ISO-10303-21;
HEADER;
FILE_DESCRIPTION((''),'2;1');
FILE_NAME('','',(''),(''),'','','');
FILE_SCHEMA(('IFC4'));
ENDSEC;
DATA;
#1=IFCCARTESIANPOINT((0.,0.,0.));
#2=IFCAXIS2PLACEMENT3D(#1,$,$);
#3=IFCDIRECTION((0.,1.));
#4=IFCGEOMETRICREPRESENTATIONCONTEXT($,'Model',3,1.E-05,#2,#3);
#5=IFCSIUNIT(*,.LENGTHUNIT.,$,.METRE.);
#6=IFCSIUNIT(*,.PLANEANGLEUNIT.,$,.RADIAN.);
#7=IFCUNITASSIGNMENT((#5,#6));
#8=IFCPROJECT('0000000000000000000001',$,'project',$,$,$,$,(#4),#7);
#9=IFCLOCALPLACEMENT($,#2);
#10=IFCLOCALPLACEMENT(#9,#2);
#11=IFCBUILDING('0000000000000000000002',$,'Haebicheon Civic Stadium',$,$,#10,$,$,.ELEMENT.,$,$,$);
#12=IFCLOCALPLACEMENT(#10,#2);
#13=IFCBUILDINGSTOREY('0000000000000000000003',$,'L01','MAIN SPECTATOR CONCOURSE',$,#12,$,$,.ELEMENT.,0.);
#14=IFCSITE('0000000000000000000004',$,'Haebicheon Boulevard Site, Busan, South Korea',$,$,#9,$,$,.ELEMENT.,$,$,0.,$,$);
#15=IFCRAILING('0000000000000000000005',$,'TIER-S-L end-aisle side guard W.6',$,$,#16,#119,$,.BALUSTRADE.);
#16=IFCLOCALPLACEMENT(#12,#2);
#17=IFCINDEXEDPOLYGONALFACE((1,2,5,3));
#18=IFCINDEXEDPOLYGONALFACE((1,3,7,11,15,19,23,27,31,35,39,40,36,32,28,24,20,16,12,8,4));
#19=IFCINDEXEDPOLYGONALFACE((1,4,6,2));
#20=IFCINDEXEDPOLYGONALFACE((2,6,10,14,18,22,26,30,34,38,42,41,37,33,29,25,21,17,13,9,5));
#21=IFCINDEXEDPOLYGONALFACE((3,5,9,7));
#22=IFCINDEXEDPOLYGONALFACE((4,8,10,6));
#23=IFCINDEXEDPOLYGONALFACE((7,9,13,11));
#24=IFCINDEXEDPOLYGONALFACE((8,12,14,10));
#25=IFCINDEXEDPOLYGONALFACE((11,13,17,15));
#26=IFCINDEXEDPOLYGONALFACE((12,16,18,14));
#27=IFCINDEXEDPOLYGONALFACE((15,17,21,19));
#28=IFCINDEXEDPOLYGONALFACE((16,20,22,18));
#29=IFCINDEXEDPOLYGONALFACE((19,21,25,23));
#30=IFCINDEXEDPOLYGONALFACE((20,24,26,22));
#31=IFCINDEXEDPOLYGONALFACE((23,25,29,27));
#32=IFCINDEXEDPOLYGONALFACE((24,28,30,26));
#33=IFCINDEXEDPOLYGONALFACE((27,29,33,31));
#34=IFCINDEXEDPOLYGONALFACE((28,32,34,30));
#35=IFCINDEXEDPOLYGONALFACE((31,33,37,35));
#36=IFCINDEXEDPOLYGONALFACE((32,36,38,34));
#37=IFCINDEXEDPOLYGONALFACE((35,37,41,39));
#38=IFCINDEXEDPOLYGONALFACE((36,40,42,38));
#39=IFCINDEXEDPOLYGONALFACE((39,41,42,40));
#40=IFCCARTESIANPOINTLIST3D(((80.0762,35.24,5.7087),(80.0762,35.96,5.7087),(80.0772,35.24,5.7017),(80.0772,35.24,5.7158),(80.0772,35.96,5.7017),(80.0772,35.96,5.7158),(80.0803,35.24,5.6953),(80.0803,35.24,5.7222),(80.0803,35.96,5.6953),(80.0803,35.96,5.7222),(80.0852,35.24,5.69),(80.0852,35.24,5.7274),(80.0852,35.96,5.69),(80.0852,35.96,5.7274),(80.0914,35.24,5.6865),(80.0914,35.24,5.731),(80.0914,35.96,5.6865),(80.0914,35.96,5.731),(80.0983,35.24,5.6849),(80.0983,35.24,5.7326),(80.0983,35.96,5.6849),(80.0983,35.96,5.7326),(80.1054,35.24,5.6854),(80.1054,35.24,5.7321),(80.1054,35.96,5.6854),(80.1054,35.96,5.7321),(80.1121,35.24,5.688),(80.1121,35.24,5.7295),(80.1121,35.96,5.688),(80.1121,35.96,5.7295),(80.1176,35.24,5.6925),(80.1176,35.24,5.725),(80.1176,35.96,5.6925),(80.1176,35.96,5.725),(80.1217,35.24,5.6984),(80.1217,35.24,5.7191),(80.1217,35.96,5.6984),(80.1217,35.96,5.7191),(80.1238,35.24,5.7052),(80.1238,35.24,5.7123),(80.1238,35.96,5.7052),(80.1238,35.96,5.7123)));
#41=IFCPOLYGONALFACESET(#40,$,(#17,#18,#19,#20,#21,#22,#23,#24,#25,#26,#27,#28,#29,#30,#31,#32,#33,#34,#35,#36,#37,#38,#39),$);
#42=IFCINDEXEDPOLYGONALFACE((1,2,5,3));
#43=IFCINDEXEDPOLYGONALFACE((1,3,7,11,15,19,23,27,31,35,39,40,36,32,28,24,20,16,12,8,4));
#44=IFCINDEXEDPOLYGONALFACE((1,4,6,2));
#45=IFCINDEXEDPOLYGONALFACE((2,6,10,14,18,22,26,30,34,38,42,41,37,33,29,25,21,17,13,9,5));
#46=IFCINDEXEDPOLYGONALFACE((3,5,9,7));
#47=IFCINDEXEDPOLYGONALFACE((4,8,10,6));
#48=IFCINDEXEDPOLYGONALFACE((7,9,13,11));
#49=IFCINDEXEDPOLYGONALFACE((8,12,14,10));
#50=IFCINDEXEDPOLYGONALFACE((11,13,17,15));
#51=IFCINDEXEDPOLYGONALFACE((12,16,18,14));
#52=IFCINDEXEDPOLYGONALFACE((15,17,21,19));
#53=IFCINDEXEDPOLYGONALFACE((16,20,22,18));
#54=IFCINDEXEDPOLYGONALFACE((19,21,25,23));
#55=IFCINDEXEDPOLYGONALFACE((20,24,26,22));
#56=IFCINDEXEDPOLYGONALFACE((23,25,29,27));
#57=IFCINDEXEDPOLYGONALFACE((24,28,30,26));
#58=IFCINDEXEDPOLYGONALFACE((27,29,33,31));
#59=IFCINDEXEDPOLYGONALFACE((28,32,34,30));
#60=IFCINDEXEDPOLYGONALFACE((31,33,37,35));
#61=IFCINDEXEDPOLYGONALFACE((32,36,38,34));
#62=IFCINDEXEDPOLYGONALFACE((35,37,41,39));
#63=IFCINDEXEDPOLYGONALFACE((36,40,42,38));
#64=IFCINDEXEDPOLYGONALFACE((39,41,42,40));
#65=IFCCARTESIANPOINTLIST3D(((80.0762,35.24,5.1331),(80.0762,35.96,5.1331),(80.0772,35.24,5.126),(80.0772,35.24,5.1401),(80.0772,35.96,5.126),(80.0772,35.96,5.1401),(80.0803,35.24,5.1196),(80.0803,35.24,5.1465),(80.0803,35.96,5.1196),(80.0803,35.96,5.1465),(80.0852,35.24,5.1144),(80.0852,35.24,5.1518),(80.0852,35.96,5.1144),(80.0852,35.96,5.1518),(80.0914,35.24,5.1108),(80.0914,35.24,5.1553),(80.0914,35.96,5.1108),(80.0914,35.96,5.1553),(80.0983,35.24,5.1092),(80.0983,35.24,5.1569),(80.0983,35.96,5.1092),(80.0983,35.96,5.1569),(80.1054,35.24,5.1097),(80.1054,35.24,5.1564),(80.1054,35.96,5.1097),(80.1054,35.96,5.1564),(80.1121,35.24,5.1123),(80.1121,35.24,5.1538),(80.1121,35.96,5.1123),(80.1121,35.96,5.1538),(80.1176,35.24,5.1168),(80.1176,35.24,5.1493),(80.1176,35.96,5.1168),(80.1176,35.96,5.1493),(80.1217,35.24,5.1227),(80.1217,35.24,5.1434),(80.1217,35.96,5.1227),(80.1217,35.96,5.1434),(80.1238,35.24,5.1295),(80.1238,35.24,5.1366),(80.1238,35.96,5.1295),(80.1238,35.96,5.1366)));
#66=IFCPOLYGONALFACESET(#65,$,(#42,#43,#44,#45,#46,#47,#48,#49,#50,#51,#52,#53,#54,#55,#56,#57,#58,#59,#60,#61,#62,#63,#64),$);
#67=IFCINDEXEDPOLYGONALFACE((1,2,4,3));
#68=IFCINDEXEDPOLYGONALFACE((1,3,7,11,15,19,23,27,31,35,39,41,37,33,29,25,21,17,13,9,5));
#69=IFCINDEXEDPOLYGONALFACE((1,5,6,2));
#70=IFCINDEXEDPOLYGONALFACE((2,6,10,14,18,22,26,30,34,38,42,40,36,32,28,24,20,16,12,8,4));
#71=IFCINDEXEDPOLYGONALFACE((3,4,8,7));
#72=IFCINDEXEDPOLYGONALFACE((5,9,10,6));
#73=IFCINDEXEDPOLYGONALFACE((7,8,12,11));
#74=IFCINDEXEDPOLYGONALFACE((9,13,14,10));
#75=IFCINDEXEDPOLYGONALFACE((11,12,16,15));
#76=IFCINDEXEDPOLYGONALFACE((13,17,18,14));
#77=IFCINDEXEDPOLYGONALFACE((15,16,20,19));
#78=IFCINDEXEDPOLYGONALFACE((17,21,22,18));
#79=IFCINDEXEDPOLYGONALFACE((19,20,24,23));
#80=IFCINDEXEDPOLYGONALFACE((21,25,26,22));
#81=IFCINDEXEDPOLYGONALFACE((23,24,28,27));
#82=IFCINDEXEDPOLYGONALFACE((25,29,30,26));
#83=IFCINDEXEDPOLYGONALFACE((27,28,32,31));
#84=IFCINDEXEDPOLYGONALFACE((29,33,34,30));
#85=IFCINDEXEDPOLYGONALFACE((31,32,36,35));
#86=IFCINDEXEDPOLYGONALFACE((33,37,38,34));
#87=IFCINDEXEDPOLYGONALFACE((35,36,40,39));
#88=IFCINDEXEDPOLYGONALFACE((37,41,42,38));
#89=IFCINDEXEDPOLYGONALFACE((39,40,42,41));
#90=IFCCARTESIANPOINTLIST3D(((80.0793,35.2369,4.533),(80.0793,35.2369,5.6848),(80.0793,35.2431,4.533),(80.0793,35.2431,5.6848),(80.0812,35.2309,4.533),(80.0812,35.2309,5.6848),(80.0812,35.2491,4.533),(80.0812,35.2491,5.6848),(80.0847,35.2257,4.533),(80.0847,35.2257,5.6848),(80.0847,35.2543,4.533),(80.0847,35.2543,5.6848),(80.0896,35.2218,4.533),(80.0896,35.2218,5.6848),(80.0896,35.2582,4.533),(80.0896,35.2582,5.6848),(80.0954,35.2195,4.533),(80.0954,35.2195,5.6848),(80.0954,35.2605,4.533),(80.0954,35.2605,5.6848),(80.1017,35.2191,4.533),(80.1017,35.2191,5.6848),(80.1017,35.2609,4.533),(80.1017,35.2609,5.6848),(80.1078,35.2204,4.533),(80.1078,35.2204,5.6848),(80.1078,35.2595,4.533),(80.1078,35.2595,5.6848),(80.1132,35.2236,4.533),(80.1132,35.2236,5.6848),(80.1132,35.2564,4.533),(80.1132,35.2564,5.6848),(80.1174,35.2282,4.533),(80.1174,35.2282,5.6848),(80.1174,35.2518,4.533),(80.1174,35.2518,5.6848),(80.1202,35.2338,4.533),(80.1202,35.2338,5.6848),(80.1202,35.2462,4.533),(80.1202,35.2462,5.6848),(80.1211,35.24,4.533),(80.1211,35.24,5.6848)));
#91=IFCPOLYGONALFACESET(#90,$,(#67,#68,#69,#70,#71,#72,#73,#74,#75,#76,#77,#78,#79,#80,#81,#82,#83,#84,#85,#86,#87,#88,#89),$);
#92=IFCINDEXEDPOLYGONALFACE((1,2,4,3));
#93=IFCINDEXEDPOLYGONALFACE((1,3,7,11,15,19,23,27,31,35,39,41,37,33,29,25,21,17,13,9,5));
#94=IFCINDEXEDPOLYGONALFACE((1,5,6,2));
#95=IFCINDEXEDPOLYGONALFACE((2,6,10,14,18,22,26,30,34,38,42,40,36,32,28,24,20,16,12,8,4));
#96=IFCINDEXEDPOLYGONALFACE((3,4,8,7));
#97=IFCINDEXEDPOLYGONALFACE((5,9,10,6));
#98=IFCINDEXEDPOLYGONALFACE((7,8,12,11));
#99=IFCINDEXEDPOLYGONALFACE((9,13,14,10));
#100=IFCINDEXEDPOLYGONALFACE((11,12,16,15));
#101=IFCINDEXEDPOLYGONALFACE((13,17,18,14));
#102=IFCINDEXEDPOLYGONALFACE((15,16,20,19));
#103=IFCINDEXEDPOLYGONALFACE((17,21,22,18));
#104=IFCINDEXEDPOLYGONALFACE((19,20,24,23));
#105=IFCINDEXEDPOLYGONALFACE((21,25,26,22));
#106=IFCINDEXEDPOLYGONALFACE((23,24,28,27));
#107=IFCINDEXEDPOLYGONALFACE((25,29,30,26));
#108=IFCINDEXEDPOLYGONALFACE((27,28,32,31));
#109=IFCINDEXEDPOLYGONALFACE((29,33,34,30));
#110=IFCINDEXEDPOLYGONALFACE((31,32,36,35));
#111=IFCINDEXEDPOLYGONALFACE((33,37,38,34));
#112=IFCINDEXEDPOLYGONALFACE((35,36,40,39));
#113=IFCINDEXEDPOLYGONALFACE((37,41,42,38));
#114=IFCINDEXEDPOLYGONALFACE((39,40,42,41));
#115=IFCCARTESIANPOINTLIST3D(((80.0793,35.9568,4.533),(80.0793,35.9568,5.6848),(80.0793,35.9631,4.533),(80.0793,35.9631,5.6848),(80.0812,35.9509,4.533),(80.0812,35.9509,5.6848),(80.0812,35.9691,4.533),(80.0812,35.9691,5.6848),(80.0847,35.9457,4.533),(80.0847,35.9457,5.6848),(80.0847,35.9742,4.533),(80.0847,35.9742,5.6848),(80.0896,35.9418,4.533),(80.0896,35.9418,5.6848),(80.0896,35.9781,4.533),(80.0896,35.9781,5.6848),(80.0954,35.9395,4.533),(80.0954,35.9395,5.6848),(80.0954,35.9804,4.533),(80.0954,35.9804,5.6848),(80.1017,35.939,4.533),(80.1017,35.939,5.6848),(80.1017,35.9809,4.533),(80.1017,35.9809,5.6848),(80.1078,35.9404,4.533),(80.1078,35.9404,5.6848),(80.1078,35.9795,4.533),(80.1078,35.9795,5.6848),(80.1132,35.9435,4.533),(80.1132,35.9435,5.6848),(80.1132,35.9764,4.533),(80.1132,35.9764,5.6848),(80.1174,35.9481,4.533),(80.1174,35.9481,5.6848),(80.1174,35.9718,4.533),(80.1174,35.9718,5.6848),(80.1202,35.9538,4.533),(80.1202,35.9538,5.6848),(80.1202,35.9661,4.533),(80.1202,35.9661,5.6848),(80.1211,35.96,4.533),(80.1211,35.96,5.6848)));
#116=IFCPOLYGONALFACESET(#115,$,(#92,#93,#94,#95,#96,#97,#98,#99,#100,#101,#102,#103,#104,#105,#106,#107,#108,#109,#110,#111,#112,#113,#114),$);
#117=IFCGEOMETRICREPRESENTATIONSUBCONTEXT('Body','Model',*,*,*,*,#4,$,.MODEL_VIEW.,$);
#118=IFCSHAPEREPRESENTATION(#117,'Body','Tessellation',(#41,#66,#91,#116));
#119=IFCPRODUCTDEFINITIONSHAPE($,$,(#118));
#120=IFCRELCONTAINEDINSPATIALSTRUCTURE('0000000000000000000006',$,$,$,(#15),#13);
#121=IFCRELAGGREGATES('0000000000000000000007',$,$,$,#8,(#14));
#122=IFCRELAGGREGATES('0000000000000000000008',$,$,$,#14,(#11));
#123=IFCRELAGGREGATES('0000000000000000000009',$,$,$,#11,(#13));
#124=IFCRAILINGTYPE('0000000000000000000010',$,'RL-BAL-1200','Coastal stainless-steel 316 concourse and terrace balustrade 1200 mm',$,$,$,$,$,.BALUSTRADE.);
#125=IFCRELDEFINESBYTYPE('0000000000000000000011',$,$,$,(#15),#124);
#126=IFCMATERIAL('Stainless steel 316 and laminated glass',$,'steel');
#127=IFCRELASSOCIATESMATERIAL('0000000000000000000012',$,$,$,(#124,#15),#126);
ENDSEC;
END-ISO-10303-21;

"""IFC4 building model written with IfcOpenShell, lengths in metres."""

from ifc_helpers import new_model, si_unit, direction, frame, origin, origin_2d, place, context, subcontext, project, spatial, circle, extrude, material, type_object, element, save


model = new_model("IFC4")

# Units and contexts
model_context = context("Model", 3, precision=1e-05, world=origin(), true_north=direction((0.0, 1.0)))
body_context = subcontext(model_context, "Body", "Model", "MODEL_VIEW")
ifc_project = project(units=[si_unit("LENGTHUNIT", "METRE"), si_unit("PLANEANGLEUNIT", "RADIAN")], contexts=[model_context])

# Site, building, storey
site_placement = place(None, origin())
site = spatial("IfcSite", under=ifc_project, at=site_placement, Name="Haebicheon Boulevard Site, Busan, South Korea", CompositionType="ELEMENT", RefElevation=0.0)
building_placement = place(site_placement, origin())
building = spatial("IfcBuilding", under=site, at=building_placement, Name="Haebicheon Civic Stadium", CompositionType="ELEMENT")
storey_placement = place(building_placement, origin())
storey = spatial("IfcBuildingStorey", under=building, at=storey_placement, Name="L01", Description="MAIN SPECTATOR CONCOURSE", CompositionType="ELEMENT", Elevation=0.0)

# Railing
ifc_material_1 = material(Name="Stainless steel 316 and laminated glass", Category="steel")
railing_type = type_object("IfcRailingType", Name="RL-BAL-1200", Description="Coastal stainless-steel 316 concourse and terrace balustrade 1200 mm", PredefinedType="BALUSTRADE", material=ifc_material_1)
railing_placement = place(storey_placement, frame((80.1001, 35.24, 4.533)))
element("IfcRailing", 1, at=railing_placement, inside=storey, type_object=railing_type, material=ifc_material_1, Name="TIER-S-L end-aisle side guard W.6", PredefinedType="BALUSTRADE", context=body_context, shape_type="SweptSolid", body=[
    extrude(circle(Radius=0.0239, at=origin_2d()), frame((0.0, 0.0, 1.1758), z_axis=(0.0, 1.0, 0.0), x_axis=(-1.0, 0.0, 0.0)), (0.0, 0.0, 1.0), 0.72),
    extrude(circle(Radius=0.0239, at=origin_2d()), frame((0.0, 0.0, 0.6001), z_axis=(0.0, 1.0, 0.0), x_axis=(-1.0, 0.0, 0.0)), (0.0, 0.0, 1.0), 0.72),
    extrude(circle(Radius=0.021, at=origin_2d()), origin(), (0.0, 0.0, 1.0), 1.1519),
    extrude(circle(Radius=0.021, at=origin_2d()), frame((0.0, 0.72, 0.0)), (0.0, 0.0, 1.0), 1.1519),
])

save(model, "model.ifc")
